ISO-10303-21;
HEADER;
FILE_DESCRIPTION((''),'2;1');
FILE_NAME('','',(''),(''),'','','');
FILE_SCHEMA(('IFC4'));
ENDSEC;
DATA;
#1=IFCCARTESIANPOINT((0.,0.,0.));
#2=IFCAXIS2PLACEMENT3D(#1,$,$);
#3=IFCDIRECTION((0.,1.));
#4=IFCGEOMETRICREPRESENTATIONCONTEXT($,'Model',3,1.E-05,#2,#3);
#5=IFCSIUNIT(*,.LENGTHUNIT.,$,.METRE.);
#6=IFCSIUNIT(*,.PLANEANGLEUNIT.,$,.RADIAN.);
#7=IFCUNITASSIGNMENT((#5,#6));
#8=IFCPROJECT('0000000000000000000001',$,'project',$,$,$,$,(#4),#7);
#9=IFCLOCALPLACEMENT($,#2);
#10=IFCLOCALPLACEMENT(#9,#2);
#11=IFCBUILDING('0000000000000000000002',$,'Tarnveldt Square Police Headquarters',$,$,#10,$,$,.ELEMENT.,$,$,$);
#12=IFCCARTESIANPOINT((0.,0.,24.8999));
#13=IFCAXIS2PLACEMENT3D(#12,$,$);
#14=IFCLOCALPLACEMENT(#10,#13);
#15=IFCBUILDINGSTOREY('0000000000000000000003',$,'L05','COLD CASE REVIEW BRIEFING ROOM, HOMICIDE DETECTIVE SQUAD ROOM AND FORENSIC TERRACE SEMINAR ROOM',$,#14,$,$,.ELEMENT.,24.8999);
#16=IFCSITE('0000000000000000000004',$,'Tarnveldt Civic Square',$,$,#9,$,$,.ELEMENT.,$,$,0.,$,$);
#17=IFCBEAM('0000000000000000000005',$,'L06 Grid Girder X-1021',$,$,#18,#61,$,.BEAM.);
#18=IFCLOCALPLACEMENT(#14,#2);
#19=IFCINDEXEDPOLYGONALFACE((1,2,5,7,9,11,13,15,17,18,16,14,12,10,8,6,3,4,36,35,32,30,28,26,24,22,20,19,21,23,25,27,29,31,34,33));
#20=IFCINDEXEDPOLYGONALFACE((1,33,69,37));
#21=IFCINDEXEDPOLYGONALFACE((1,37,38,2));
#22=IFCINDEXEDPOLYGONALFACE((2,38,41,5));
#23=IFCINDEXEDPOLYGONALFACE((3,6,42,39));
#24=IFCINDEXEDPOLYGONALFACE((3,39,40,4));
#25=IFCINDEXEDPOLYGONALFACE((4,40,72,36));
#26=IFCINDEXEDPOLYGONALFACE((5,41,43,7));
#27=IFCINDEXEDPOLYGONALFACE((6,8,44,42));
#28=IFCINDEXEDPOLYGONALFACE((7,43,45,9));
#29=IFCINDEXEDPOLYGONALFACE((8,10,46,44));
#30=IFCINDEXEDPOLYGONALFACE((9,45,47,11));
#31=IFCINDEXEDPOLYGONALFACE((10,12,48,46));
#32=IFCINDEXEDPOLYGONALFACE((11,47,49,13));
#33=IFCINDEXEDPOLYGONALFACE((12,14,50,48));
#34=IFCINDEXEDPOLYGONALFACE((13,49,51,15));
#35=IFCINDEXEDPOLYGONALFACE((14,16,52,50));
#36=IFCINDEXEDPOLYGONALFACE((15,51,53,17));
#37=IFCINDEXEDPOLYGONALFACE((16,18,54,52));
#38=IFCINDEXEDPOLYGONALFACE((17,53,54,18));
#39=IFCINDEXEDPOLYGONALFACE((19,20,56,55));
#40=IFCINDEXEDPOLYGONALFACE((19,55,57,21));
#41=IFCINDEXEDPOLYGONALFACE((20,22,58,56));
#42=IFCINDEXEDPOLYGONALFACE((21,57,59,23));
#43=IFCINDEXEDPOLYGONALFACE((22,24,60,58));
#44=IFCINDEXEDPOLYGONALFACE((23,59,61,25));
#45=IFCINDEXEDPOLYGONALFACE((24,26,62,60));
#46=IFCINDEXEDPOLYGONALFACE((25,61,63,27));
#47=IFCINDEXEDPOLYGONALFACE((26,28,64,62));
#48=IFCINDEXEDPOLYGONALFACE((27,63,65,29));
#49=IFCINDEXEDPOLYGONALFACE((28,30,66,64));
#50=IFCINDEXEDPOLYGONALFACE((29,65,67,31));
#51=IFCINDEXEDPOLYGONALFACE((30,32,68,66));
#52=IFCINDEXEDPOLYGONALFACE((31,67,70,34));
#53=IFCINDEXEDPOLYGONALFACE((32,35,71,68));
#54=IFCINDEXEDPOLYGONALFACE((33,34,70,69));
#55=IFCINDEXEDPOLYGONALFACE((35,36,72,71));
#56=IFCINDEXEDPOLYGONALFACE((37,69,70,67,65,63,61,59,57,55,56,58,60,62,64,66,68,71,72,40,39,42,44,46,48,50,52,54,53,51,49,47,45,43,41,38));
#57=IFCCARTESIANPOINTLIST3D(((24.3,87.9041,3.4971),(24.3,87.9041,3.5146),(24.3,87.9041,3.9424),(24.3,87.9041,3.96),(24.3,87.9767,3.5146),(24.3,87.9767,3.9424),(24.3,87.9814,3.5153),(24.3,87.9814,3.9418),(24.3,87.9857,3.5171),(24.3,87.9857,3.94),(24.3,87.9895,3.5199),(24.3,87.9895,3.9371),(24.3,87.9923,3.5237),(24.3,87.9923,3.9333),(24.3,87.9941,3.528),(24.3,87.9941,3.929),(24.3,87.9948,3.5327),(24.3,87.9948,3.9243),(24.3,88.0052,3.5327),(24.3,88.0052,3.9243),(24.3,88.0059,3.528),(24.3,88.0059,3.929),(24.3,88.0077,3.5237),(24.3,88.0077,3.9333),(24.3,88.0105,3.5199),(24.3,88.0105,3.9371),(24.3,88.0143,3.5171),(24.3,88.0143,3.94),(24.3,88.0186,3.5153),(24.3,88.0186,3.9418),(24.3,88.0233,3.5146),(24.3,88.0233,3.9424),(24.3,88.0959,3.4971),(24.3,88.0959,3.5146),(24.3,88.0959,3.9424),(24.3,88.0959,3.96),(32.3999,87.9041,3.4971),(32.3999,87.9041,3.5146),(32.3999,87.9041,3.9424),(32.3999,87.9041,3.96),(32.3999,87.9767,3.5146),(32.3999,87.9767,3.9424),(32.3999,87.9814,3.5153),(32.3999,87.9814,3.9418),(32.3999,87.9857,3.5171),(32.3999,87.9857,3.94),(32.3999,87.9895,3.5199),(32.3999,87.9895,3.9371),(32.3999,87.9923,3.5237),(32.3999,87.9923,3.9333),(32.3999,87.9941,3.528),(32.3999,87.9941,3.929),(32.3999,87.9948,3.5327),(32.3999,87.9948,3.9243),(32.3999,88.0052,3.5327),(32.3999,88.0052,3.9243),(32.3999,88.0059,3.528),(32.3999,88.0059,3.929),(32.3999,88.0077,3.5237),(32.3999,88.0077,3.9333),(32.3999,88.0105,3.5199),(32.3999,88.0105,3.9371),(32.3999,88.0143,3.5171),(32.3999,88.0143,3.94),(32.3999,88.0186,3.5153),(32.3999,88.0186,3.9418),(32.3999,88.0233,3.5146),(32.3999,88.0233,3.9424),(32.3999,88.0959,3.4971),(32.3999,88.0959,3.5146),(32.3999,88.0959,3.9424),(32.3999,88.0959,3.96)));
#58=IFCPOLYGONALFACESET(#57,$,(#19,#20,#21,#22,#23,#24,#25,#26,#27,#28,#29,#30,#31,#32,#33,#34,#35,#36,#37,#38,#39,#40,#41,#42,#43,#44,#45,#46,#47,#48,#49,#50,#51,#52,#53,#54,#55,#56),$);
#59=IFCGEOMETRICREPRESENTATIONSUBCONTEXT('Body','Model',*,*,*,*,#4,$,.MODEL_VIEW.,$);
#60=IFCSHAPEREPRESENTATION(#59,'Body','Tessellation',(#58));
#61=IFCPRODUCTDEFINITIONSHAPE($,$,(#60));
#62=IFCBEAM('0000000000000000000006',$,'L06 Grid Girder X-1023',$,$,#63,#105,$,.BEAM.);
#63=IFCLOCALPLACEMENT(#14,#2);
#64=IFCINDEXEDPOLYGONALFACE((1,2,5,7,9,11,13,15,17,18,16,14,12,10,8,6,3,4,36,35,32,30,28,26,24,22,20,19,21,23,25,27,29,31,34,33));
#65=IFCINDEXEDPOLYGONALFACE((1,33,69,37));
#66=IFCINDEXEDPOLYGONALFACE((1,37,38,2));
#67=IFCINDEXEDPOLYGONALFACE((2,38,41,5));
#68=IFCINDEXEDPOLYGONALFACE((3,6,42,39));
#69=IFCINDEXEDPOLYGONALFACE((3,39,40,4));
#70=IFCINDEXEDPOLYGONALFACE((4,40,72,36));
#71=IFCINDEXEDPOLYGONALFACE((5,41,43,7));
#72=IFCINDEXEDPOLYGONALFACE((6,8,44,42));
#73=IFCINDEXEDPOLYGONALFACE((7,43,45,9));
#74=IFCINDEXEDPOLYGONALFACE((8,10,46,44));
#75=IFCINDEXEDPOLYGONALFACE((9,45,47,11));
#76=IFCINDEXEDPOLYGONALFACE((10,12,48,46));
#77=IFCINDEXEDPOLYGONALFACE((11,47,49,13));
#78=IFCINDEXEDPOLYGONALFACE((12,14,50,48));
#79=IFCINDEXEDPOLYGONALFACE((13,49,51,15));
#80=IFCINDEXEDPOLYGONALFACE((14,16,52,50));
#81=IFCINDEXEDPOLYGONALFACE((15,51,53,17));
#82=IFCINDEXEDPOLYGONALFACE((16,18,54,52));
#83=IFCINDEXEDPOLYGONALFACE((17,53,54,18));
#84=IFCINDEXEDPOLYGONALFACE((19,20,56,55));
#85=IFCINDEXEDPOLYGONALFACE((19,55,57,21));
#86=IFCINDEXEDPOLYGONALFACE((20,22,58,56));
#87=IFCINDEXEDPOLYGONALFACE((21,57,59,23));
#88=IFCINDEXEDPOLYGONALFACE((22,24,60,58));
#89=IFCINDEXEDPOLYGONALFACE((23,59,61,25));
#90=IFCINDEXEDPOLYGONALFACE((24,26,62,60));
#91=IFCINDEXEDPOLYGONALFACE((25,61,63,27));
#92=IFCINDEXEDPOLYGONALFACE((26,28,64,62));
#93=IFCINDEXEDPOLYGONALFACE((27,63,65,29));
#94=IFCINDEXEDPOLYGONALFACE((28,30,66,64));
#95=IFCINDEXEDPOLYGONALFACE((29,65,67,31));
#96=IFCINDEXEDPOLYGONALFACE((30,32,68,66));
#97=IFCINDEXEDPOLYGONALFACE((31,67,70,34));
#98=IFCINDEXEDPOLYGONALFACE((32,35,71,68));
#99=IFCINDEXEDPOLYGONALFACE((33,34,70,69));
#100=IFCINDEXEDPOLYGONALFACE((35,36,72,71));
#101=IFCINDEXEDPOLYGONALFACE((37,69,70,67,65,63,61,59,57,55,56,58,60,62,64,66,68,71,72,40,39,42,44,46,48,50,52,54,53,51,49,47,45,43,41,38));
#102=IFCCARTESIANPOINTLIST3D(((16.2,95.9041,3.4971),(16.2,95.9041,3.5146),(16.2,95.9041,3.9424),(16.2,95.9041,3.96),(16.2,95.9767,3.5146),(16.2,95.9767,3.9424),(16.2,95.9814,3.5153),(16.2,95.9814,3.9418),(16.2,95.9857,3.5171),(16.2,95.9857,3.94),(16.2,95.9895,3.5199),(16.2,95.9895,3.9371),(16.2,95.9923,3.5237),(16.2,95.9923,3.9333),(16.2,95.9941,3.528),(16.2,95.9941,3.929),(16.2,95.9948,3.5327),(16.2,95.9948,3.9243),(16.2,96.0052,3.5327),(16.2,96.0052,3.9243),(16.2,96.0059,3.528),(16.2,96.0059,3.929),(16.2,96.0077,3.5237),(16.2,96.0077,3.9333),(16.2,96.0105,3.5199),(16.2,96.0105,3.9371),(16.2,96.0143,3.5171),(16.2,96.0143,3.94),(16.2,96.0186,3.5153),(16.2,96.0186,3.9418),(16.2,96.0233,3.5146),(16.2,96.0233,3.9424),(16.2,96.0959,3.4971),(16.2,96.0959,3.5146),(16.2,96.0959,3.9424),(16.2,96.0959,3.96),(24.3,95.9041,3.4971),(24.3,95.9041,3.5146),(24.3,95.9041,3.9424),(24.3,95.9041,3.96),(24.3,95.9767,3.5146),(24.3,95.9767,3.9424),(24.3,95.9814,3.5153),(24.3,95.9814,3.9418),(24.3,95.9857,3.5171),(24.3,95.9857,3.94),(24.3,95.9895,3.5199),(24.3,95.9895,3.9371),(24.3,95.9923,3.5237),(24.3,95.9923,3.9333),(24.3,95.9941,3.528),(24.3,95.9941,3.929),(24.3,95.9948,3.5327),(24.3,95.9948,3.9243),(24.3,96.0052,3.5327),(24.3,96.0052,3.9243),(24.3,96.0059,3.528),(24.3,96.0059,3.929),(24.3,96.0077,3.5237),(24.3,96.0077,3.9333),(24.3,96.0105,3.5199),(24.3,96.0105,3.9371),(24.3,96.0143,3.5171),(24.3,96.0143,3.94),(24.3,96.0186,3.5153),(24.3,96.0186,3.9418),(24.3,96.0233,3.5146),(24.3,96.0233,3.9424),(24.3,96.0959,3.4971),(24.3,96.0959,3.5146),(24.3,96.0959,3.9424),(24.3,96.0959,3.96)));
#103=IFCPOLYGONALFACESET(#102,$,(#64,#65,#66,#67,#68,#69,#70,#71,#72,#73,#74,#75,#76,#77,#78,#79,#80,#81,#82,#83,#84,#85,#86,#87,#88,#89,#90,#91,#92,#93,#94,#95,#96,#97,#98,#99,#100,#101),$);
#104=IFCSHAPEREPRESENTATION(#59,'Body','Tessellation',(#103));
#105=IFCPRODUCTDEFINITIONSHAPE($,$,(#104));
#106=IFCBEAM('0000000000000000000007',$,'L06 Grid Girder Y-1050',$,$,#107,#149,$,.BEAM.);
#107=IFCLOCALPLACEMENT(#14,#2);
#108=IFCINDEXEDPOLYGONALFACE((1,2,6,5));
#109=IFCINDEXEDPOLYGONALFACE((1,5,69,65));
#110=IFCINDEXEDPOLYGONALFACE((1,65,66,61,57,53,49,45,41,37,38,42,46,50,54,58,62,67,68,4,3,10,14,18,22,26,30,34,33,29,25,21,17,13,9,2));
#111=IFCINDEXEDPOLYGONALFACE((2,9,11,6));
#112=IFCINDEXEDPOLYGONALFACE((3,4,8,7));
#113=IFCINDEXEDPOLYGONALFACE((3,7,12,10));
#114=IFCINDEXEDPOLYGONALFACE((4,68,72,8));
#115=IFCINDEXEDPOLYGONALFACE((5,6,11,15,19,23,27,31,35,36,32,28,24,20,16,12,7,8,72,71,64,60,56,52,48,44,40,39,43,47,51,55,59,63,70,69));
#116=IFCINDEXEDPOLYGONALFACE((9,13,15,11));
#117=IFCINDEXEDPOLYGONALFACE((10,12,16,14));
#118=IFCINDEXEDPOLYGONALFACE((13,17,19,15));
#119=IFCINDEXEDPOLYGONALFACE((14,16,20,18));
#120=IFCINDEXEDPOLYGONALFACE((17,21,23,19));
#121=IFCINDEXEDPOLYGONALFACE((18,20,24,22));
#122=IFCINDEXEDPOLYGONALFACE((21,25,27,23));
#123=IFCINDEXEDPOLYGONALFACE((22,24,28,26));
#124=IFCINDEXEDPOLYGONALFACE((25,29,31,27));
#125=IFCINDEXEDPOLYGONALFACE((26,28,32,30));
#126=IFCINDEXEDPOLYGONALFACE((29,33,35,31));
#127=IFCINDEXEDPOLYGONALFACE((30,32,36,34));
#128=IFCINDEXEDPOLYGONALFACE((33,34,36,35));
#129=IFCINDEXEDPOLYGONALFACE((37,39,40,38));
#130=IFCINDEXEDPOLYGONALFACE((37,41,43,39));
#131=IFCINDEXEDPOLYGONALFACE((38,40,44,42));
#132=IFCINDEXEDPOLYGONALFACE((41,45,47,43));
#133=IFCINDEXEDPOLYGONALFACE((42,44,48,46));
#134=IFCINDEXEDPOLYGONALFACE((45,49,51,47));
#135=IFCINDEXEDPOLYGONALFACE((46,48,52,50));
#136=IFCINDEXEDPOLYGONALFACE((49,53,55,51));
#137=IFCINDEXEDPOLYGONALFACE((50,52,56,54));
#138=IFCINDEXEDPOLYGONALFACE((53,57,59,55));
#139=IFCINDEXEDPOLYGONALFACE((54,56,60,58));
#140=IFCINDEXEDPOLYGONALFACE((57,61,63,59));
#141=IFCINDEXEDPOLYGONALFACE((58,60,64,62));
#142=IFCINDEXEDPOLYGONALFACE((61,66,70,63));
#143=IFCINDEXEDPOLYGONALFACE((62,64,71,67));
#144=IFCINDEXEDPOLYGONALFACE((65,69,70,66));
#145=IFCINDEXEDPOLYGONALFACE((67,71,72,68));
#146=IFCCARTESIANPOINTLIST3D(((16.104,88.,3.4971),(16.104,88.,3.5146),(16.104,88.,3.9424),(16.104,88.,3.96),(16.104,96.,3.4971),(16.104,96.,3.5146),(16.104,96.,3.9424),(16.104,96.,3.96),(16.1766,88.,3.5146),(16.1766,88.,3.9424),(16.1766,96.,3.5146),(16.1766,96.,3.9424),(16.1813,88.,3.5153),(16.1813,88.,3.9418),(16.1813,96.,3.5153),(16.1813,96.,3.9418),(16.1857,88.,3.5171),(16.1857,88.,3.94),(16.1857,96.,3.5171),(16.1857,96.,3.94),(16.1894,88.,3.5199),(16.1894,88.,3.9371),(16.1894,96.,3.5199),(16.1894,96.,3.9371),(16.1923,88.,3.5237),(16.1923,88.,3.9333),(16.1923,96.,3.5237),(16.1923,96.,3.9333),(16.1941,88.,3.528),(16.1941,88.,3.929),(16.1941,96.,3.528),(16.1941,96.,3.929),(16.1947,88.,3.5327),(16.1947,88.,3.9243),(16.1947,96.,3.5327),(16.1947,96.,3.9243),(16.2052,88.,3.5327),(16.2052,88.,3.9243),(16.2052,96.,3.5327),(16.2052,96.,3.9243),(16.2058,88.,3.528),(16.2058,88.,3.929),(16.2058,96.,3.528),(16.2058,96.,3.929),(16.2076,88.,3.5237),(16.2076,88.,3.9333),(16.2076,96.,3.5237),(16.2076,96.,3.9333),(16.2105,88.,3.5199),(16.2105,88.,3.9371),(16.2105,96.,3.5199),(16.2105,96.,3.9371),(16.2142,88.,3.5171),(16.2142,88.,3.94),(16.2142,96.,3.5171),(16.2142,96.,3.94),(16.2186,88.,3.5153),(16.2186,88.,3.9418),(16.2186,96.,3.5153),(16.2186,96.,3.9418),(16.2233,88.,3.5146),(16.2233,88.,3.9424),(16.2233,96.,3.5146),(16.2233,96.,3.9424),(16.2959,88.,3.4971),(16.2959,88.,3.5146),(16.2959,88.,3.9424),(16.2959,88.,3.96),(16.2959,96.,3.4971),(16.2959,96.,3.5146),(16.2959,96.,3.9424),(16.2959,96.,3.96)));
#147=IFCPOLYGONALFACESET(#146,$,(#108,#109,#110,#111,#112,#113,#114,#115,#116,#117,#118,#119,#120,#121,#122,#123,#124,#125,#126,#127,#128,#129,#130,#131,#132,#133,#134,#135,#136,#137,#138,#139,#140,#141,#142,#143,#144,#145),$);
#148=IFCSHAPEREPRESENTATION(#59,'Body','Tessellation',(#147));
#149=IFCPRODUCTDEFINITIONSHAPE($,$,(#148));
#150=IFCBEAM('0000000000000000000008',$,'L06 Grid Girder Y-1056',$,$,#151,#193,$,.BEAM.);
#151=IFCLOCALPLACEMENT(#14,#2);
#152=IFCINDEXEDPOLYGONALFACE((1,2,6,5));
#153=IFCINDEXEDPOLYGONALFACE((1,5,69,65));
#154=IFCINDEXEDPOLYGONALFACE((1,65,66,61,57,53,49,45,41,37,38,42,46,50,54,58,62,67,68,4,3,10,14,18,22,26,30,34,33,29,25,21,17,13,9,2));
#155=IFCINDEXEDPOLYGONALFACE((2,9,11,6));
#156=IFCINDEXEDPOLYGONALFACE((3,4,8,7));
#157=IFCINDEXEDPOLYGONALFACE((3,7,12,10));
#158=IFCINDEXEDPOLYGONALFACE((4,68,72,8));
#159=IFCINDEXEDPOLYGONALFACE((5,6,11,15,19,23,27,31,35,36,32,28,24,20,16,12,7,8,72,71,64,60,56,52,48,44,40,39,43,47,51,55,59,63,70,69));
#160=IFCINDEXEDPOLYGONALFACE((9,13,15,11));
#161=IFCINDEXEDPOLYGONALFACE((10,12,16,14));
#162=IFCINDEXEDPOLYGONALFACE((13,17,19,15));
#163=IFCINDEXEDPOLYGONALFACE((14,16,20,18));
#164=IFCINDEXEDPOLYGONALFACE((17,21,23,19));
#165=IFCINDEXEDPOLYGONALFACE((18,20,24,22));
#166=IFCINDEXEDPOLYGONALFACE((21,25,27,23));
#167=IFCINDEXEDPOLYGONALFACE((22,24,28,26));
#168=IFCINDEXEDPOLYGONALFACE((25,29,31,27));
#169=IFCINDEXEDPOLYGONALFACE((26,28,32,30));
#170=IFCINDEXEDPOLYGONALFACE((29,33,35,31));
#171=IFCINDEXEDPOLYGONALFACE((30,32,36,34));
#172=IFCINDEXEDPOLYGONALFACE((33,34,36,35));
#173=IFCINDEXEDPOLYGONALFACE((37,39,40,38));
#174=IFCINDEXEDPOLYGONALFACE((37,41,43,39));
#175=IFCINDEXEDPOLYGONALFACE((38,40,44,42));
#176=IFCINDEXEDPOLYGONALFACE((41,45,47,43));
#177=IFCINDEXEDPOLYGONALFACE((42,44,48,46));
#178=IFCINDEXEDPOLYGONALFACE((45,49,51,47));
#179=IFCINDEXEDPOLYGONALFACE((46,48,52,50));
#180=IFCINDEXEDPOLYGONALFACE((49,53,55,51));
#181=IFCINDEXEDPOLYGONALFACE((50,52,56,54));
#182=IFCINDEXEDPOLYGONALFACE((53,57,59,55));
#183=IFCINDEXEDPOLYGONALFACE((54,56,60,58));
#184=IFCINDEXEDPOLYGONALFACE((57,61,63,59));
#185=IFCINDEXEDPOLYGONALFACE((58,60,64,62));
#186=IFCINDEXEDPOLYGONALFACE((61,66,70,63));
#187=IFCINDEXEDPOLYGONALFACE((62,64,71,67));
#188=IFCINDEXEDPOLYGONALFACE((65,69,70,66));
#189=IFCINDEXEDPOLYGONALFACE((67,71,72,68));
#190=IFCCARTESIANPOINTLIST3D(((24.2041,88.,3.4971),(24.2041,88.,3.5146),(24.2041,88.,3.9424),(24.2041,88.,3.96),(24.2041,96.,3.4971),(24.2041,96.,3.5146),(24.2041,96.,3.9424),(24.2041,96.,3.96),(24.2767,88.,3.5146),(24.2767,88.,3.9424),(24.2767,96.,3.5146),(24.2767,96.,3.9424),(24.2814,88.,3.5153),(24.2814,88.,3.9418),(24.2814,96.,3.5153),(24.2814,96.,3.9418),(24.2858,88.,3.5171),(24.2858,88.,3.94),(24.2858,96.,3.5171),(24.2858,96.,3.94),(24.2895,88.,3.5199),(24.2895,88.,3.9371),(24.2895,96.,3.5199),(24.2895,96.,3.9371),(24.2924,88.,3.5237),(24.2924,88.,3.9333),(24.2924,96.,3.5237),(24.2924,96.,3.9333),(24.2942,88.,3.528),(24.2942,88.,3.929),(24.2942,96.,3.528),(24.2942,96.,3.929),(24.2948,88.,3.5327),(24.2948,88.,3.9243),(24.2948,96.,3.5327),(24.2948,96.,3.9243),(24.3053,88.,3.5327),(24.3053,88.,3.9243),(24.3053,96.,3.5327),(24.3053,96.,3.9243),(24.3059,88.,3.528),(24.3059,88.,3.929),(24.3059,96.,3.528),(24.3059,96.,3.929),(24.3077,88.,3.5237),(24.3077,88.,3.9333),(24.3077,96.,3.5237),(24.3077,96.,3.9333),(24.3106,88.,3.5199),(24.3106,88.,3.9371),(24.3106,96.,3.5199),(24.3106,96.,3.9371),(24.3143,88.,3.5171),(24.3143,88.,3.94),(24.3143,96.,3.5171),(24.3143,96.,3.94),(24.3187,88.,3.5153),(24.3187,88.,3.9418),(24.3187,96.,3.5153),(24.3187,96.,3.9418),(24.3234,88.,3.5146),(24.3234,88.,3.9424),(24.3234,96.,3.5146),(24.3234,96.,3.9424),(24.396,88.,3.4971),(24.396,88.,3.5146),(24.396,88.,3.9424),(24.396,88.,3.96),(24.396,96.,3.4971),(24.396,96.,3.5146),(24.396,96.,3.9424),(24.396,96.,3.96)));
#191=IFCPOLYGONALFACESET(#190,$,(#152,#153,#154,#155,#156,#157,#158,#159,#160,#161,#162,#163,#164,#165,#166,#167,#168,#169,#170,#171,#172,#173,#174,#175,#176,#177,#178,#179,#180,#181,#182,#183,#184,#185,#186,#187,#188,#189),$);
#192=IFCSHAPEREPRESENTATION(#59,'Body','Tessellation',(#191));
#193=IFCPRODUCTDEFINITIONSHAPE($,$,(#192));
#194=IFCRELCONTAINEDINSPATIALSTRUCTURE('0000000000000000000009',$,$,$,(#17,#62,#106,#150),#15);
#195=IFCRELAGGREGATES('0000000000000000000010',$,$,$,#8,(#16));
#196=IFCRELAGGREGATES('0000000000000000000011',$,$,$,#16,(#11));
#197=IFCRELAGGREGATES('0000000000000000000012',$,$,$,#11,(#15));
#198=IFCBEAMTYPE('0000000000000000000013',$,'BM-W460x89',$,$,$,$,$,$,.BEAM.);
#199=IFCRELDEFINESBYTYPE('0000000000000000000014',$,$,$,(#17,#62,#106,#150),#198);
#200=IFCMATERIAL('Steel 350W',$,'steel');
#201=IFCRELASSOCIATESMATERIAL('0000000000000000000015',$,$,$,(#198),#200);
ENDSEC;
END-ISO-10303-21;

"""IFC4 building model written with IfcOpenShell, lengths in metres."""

from ifc_helpers import new_model, si_unit, direction, frame, origin, origin_2d, place, context, subcontext, project, spatial, i_section, extrude, material, material_profile, profile_set, type_object, element, save


model = new_model("IFC4")

# Units and contexts
model_context = context("Model", 3, precision=1e-05, world=origin(), true_north=direction((0.0, 1.0)))
body_context = subcontext(model_context, "Body", "Model", "MODEL_VIEW")
ifc_project = project(units=[si_unit("LENGTHUNIT", "METRE"), si_unit("PLANEANGLEUNIT", "RADIAN")], contexts=[model_context])

# Site, building, storey
site_placement = place(None, origin())
site = spatial("IfcSite", under=ifc_project, at=site_placement, Name="Tarnveldt Civic Square", CompositionType="ELEMENT", RefElevation=0.0)
building_placement = place(site_placement, origin())
building = spatial("IfcBuilding", under=site, at=building_placement, Name="Tarnveldt Square Police Headquarters", CompositionType="ELEMENT")
storey_placement = place(building_placement, frame((0.0, 0.0, 24.8999)))
storey = spatial("IfcBuildingStorey", under=building, at=storey_placement, Name="L05", Description="COLD CASE REVIEW BRIEFING ROOM, HOMICIDE DETECTIVE SQUAD ROOM AND FORENSIC TERRACE SEMINAR ROOM", CompositionType="ELEMENT", Elevation=24.8999)

# Beams
ifc_material_1 = material(Name="Steel 350W", Category="steel")
ifc_material_profile_1 = material_profile(ifc_material_1, i_section(OverallWidth=0.1919, OverallDepth=0.4629, WebThickness=0.0105, FlangeThickness=0.0176, FilletRadius=0.0181, at=origin_2d()), Name="W460x89")
ifc_profile_set_1 = profile_set([ifc_material_profile_1], Name="Steel 350W")
beam_type_1 = type_object("IfcBeamType", Name="BM-W460x89", PredefinedType="BEAM", material=ifc_profile_set_1)
beam_1_placement = place(storey_placement, frame((24.3, 88.0, 3.7285), z_axis=(1.0, 0.0, 0.0), x_axis=(0.0, 1.0, 0.0)))
element("IfcBeam", 1, at=beam_1_placement, inside=storey, type_object=beam_type_1, Name="L06 Grid Girder X-1021", PredefinedType="BEAM", context=body_context, shape_type="SweptSolid", body=[
    extrude(i_section(OverallWidth=0.1919, OverallDepth=0.4629, WebThickness=0.0105, FlangeThickness=0.0176, FilletRadius=0.0181, at=origin_2d()), origin(), (0.0, 0.0, 1.0), 8.0999),
])
beam_2_placement = place(storey_placement, frame((16.2, 96.0, 3.7285), z_axis=(1.0, 0.0, 0.0), x_axis=(0.0, 1.0, 0.0)))
element("IfcBeam", 2, at=beam_2_placement, inside=storey, type_object=beam_type_1, Name="L06 Grid Girder X-1023", PredefinedType="BEAM", context=body_context, shape_type="SweptSolid", body=[
    extrude(i_section(OverallWidth=0.1919, OverallDepth=0.4629, WebThickness=0.0105, FlangeThickness=0.0176, FilletRadius=0.0181, at=origin_2d()), origin(), (0.0, 0.0, 1.0), 8.1001),
])
for number, where, z_axis, x_axis, name in (
    (3, (16.2, 88.0, 3.7285), (0.0, 1.0, 0.0), (-1.0, 0.0, 0.0), "L06 Grid Girder Y-1050"),
    (4, (24.3, 88.0, 3.7285), (0.0, 1.0, 0.0), (-1.0, 0.0, 0.0), "L06 Grid Girder Y-1056"),
):
    element("IfcBeam", number, at=place(storey_placement, frame(where, z_axis=z_axis, x_axis=x_axis)), inside=storey, type_object=beam_type_1, Name=name, PredefinedType="BEAM", context=body_context, shape_type="SweptSolid", body=[
        extrude(i_section(OverallWidth=0.1919, OverallDepth=0.4629, WebThickness=0.0105, FlangeThickness=0.0176, FilletRadius=0.0181, at=origin_2d()), origin(), (0.0, 0.0, 1.0), 8.0),
    ])

save(model, "model.ifc")
